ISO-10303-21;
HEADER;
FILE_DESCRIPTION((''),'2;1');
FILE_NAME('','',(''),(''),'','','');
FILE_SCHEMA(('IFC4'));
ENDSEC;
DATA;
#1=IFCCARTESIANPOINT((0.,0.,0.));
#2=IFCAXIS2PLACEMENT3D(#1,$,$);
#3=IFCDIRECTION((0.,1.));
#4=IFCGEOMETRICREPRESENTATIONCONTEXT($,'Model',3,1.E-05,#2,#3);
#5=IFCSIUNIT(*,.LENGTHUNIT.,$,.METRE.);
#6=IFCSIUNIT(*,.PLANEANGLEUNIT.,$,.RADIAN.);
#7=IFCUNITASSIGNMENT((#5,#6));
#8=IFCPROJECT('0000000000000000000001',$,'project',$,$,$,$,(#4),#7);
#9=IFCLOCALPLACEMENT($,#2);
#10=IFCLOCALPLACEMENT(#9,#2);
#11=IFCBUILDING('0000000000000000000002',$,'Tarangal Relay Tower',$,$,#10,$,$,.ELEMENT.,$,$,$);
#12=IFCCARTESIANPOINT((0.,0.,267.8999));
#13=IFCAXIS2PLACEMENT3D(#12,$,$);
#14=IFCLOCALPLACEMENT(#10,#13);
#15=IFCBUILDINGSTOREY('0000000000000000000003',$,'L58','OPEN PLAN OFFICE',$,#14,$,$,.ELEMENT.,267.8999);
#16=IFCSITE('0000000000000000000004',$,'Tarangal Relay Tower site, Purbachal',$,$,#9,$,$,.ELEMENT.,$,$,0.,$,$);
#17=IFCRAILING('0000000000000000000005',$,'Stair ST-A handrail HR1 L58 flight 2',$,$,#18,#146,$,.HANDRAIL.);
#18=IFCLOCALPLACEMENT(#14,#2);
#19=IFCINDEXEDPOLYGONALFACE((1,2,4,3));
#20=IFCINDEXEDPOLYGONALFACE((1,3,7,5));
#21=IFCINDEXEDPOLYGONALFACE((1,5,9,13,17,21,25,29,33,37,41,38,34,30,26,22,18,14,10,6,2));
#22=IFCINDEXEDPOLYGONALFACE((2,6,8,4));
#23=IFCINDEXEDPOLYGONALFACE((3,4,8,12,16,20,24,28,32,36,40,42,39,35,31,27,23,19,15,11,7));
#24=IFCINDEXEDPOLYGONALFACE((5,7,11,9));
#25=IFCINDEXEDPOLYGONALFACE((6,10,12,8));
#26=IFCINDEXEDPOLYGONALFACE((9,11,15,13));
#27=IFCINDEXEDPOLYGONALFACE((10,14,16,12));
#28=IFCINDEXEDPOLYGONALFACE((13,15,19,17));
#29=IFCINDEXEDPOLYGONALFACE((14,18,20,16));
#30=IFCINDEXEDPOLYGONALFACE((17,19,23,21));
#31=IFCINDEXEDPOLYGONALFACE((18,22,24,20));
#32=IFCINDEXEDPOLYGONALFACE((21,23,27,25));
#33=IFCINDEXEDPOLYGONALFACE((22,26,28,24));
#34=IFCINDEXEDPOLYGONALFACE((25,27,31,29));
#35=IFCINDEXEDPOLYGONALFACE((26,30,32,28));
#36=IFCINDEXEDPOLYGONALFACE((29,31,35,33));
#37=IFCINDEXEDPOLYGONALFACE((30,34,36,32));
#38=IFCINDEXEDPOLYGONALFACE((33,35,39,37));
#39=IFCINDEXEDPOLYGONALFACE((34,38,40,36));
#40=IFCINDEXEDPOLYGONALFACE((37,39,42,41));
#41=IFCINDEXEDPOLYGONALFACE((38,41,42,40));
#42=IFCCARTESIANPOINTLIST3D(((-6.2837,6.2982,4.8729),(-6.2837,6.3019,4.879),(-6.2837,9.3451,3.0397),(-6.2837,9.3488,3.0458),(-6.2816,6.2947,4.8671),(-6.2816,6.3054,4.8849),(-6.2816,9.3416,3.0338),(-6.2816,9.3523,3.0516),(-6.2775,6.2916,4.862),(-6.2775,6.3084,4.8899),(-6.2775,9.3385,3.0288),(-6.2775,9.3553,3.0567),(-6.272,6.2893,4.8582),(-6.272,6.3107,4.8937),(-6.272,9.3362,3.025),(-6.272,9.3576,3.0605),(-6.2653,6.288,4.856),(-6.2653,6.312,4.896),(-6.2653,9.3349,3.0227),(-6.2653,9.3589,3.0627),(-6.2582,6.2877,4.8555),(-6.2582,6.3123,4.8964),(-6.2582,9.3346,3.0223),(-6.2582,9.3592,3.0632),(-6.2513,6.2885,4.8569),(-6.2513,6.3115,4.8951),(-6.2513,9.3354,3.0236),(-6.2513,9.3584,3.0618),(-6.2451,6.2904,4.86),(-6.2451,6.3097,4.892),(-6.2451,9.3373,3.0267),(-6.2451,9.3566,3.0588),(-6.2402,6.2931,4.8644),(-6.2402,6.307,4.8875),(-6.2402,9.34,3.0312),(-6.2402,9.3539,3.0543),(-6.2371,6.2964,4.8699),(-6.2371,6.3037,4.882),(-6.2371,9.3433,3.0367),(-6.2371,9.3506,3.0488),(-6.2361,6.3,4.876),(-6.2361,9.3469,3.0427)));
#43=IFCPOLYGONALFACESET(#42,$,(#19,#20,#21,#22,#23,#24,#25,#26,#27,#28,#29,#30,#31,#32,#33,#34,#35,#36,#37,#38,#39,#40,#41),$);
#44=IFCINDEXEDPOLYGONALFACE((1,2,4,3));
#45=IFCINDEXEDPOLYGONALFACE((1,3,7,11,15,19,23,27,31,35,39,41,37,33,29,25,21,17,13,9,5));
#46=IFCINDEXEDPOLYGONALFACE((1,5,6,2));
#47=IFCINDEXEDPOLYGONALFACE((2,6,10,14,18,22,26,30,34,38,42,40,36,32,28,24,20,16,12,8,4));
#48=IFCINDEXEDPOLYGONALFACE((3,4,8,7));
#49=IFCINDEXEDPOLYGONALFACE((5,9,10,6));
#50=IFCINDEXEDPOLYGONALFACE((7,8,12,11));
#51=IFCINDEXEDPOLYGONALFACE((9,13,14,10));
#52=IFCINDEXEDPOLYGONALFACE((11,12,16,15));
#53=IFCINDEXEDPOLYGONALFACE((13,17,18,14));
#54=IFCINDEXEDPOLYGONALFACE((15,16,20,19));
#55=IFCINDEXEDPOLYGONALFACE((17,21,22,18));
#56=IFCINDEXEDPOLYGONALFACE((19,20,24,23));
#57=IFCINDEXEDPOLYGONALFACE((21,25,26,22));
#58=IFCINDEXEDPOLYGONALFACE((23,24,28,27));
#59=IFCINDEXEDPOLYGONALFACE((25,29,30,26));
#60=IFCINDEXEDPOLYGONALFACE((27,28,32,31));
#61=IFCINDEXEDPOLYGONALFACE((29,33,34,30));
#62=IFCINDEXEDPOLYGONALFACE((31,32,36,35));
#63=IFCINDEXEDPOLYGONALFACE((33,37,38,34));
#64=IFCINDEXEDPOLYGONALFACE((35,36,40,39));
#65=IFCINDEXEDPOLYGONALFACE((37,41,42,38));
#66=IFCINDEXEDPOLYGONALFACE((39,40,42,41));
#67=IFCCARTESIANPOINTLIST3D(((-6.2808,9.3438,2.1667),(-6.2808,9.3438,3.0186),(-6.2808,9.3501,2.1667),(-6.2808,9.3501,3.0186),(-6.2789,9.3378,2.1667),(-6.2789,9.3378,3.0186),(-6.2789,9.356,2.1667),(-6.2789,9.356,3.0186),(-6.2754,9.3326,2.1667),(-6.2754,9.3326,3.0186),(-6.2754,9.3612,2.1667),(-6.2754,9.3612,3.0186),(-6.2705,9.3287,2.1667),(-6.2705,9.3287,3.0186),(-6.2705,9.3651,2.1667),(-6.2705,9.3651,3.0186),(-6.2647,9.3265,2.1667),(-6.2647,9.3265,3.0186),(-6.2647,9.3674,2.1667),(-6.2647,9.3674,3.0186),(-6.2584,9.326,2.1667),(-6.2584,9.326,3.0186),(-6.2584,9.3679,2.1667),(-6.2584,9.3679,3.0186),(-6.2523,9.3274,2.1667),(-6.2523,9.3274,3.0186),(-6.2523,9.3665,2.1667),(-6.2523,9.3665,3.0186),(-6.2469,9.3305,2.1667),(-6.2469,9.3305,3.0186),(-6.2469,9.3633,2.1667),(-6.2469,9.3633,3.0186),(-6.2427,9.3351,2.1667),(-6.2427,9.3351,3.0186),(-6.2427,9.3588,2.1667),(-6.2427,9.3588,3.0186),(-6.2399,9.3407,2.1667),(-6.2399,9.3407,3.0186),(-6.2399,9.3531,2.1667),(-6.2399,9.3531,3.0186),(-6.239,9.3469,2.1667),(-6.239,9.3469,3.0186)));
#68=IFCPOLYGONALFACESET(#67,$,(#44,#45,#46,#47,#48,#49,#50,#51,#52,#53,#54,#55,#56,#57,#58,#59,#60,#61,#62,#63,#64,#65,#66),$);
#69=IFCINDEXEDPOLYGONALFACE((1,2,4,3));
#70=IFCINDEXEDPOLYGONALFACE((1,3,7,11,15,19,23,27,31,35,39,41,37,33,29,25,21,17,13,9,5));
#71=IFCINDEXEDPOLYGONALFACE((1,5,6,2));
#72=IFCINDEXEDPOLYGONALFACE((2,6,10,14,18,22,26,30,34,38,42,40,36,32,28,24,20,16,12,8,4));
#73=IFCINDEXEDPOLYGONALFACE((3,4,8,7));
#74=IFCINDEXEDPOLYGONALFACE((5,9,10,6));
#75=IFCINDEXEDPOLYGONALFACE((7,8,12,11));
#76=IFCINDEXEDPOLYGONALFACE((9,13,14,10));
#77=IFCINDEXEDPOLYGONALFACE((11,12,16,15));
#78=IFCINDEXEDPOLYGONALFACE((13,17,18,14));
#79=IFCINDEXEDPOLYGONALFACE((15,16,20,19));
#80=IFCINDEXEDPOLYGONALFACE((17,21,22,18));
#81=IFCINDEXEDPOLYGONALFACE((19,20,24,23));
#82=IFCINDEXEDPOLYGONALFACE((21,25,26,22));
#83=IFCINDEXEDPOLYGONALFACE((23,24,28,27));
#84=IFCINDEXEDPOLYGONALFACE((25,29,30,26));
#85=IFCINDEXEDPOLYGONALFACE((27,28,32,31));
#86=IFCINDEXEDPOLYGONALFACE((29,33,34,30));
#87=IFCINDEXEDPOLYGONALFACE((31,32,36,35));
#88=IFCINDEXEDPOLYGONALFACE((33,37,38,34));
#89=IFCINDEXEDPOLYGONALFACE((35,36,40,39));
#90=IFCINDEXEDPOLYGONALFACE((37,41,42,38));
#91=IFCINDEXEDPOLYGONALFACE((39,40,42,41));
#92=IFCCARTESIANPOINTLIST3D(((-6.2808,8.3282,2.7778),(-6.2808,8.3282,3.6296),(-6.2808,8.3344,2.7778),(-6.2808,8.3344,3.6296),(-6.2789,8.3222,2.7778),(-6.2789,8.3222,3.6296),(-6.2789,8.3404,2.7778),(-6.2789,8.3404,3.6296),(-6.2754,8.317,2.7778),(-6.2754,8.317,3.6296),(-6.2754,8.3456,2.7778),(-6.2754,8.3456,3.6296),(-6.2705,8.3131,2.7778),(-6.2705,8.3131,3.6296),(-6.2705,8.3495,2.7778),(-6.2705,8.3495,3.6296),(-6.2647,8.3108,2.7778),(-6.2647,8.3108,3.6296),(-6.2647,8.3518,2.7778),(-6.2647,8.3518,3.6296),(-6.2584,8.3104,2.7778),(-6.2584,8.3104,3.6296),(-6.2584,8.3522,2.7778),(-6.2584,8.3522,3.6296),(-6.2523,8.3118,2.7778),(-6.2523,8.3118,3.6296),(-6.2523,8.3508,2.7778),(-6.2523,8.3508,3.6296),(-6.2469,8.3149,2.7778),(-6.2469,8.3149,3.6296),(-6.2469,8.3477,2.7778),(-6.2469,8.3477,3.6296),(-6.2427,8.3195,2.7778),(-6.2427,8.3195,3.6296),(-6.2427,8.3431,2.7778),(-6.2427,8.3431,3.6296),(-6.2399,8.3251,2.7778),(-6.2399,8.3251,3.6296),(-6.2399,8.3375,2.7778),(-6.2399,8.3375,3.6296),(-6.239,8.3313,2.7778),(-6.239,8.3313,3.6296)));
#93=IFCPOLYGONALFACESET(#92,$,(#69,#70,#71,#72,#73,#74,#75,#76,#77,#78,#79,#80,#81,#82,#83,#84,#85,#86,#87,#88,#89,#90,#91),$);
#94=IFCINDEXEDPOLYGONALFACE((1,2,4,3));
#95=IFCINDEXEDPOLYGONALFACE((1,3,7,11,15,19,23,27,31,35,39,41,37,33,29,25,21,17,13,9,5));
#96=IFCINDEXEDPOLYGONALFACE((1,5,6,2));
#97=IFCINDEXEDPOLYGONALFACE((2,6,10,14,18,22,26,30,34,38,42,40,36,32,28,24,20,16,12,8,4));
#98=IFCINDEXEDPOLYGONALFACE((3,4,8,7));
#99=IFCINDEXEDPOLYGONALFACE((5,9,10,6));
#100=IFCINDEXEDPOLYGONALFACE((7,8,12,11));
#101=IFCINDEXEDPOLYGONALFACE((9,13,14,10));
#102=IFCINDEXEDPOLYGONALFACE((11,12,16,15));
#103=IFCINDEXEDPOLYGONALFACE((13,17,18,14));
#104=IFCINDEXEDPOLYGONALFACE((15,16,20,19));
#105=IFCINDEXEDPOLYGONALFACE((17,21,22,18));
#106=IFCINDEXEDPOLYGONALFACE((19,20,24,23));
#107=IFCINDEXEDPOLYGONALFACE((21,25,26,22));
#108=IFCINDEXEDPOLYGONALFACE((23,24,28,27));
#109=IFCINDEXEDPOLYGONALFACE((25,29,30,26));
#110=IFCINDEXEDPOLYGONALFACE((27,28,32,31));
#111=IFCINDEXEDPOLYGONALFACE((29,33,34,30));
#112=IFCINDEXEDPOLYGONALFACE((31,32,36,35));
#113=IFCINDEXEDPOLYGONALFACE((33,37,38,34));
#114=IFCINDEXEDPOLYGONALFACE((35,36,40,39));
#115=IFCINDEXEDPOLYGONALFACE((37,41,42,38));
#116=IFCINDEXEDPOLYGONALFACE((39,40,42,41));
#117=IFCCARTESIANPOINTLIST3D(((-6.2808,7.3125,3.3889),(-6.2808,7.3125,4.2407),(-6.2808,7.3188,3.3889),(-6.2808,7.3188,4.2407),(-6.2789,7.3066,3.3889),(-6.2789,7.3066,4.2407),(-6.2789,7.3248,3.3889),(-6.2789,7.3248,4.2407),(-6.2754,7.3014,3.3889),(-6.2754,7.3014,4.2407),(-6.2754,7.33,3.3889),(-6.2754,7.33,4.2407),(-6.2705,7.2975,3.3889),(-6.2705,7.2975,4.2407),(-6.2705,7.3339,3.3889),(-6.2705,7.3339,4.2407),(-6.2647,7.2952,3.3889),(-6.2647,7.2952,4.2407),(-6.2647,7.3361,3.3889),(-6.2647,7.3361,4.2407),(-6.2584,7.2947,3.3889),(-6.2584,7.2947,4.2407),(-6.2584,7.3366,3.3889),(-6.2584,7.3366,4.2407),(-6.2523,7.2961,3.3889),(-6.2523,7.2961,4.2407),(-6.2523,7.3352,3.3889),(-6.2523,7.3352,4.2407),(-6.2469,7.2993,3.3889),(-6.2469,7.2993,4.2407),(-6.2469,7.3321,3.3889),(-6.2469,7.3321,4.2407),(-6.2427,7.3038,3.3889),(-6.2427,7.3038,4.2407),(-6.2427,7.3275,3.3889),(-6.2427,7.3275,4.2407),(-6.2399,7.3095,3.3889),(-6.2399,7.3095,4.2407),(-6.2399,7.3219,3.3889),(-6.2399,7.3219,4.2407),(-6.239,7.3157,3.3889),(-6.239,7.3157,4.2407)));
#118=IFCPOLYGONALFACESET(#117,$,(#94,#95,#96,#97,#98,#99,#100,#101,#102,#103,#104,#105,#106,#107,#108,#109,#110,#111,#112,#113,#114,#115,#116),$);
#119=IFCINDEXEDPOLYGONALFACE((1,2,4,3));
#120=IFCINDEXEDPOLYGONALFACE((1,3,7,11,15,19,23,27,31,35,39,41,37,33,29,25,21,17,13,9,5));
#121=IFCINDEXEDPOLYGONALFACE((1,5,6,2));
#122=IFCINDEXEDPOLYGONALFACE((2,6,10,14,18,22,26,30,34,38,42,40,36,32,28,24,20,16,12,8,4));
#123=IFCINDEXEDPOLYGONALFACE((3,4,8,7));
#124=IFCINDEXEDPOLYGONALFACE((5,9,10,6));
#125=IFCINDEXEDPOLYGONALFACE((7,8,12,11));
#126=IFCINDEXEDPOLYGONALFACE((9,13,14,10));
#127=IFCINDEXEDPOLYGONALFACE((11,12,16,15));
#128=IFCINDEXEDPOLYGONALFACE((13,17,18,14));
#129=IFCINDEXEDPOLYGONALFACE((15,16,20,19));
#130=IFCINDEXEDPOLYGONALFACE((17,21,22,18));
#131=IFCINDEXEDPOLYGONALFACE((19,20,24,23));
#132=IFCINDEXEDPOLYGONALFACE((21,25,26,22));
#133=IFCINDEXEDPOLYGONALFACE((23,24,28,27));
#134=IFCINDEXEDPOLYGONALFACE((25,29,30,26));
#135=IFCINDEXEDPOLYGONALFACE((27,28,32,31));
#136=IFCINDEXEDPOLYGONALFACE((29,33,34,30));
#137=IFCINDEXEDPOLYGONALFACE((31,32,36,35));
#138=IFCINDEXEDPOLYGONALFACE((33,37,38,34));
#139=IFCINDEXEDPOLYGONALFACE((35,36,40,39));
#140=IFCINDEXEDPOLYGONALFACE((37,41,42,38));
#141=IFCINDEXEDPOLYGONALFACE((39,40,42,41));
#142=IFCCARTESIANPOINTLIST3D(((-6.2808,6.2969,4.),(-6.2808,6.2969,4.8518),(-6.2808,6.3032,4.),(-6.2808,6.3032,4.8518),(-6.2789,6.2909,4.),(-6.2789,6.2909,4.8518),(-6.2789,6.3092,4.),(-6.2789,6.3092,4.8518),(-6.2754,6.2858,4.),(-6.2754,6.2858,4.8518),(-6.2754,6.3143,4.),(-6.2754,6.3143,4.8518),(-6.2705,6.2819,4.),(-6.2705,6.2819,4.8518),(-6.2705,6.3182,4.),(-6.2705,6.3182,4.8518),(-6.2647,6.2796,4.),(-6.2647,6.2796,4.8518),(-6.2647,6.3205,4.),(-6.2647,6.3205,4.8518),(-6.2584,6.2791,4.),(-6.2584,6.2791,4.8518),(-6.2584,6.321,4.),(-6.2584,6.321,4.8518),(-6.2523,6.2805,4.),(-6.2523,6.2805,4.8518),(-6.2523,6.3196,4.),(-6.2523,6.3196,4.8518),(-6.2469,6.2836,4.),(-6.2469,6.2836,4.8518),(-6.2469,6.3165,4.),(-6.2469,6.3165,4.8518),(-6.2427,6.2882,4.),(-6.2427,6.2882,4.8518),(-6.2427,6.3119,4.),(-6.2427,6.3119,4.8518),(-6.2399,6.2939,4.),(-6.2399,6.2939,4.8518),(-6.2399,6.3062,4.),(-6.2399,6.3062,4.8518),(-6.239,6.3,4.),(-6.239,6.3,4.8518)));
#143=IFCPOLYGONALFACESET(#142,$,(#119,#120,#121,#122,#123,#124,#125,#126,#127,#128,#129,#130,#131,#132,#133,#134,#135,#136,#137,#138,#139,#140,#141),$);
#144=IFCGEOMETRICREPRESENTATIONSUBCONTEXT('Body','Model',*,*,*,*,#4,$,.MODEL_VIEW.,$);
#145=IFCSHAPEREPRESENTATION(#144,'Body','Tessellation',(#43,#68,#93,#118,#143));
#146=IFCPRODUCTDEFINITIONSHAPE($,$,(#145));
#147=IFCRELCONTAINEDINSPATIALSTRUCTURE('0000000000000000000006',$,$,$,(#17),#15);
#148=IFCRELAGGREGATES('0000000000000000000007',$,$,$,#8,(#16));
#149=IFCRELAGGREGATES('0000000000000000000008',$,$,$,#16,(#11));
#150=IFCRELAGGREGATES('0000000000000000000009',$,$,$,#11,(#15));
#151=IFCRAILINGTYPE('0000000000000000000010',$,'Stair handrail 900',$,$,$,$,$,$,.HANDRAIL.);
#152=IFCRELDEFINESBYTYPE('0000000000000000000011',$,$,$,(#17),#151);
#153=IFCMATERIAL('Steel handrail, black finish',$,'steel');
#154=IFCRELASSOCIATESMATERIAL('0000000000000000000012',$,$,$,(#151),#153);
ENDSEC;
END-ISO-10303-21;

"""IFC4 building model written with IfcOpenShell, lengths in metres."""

from ifc_helpers import new_model, si_unit, direction, frame, origin, origin_2d, place, context, subcontext, project, spatial, circle, extrude, material, type_object, element, save


model = new_model("IFC4")

# Units and contexts
model_context = context("Model", 3, precision=1e-05, world=origin(), true_north=direction((0.0, 1.0)))
body_context = subcontext(model_context, "Body", "Model", "MODEL_VIEW")
ifc_project = project(units=[si_unit("LENGTHUNIT", "METRE"), si_unit("PLANEANGLEUNIT", "RADIAN")], contexts=[model_context])

# Site, building, storey
site_placement = place(None, origin())
site = spatial("IfcSite", under=ifc_project, at=site_placement, Name="Tarangal Relay Tower site, Purbachal", CompositionType="ELEMENT", RefElevation=0.0)
building_placement = place(site_placement, origin())
building = spatial("IfcBuilding", under=site, at=building_placement, Name="Tarangal Relay Tower", CompositionType="ELEMENT")
storey_placement = place(building_placement, frame((0.0, 0.0, 267.8999)))
storey = spatial("IfcBuildingStorey", under=building, at=storey_placement, Name="L58", Description="OPEN PLAN OFFICE", CompositionType="ELEMENT", Elevation=267.8999)

# Railing
ifc_material_1 = material(Name="Steel handrail, black finish", Category="steel")
railing_type_1 = type_object("IfcRailingType", Name="Stair handrail 900", PredefinedType="HANDRAIL", material=ifc_material_1)
railing_1_placement = place(storey_placement, frame((-6.26, 9.3469, 2.1667)))
element("IfcRailing", 1, at=railing_1_placement, inside=storey, type_object=railing_type_1, Name="Stair ST-A handrail HR1 L58 flight 2", PredefinedType="HANDRAIL", context=body_context, shape_type="SweptSolid", body=[
    extrude(circle(Radius=0.0239, at=origin_2d()), frame((0.0, 0.0, 0.876), z_axis=(0.0, -0.856856, 0.515556), x_axis=(1.0, 0.0, 0.0)), (0.0, 0.0, 1.0), 3.5559),
    extrude(circle(Radius=0.021, at=origin_2d()), origin(), (0.0, 0.0, 1.0), 0.8518),
    extrude(circle(Radius=0.021, at=origin_2d()), frame((0.0, -1.0156, 0.6111)), (0.0, 0.0, 1.0), 0.8518),
    extrude(circle(Radius=0.021, at=origin_2d()), frame((0.0, -2.0312, 1.2222)), (0.0, 0.0, 1.0), 0.8518),
    extrude(circle(Radius=0.021, at=origin_2d()), frame((0.0, -3.0469, 1.8333)), (0.0, 0.0, 1.0), 0.8518),
])

save(model, "model.ifc")
